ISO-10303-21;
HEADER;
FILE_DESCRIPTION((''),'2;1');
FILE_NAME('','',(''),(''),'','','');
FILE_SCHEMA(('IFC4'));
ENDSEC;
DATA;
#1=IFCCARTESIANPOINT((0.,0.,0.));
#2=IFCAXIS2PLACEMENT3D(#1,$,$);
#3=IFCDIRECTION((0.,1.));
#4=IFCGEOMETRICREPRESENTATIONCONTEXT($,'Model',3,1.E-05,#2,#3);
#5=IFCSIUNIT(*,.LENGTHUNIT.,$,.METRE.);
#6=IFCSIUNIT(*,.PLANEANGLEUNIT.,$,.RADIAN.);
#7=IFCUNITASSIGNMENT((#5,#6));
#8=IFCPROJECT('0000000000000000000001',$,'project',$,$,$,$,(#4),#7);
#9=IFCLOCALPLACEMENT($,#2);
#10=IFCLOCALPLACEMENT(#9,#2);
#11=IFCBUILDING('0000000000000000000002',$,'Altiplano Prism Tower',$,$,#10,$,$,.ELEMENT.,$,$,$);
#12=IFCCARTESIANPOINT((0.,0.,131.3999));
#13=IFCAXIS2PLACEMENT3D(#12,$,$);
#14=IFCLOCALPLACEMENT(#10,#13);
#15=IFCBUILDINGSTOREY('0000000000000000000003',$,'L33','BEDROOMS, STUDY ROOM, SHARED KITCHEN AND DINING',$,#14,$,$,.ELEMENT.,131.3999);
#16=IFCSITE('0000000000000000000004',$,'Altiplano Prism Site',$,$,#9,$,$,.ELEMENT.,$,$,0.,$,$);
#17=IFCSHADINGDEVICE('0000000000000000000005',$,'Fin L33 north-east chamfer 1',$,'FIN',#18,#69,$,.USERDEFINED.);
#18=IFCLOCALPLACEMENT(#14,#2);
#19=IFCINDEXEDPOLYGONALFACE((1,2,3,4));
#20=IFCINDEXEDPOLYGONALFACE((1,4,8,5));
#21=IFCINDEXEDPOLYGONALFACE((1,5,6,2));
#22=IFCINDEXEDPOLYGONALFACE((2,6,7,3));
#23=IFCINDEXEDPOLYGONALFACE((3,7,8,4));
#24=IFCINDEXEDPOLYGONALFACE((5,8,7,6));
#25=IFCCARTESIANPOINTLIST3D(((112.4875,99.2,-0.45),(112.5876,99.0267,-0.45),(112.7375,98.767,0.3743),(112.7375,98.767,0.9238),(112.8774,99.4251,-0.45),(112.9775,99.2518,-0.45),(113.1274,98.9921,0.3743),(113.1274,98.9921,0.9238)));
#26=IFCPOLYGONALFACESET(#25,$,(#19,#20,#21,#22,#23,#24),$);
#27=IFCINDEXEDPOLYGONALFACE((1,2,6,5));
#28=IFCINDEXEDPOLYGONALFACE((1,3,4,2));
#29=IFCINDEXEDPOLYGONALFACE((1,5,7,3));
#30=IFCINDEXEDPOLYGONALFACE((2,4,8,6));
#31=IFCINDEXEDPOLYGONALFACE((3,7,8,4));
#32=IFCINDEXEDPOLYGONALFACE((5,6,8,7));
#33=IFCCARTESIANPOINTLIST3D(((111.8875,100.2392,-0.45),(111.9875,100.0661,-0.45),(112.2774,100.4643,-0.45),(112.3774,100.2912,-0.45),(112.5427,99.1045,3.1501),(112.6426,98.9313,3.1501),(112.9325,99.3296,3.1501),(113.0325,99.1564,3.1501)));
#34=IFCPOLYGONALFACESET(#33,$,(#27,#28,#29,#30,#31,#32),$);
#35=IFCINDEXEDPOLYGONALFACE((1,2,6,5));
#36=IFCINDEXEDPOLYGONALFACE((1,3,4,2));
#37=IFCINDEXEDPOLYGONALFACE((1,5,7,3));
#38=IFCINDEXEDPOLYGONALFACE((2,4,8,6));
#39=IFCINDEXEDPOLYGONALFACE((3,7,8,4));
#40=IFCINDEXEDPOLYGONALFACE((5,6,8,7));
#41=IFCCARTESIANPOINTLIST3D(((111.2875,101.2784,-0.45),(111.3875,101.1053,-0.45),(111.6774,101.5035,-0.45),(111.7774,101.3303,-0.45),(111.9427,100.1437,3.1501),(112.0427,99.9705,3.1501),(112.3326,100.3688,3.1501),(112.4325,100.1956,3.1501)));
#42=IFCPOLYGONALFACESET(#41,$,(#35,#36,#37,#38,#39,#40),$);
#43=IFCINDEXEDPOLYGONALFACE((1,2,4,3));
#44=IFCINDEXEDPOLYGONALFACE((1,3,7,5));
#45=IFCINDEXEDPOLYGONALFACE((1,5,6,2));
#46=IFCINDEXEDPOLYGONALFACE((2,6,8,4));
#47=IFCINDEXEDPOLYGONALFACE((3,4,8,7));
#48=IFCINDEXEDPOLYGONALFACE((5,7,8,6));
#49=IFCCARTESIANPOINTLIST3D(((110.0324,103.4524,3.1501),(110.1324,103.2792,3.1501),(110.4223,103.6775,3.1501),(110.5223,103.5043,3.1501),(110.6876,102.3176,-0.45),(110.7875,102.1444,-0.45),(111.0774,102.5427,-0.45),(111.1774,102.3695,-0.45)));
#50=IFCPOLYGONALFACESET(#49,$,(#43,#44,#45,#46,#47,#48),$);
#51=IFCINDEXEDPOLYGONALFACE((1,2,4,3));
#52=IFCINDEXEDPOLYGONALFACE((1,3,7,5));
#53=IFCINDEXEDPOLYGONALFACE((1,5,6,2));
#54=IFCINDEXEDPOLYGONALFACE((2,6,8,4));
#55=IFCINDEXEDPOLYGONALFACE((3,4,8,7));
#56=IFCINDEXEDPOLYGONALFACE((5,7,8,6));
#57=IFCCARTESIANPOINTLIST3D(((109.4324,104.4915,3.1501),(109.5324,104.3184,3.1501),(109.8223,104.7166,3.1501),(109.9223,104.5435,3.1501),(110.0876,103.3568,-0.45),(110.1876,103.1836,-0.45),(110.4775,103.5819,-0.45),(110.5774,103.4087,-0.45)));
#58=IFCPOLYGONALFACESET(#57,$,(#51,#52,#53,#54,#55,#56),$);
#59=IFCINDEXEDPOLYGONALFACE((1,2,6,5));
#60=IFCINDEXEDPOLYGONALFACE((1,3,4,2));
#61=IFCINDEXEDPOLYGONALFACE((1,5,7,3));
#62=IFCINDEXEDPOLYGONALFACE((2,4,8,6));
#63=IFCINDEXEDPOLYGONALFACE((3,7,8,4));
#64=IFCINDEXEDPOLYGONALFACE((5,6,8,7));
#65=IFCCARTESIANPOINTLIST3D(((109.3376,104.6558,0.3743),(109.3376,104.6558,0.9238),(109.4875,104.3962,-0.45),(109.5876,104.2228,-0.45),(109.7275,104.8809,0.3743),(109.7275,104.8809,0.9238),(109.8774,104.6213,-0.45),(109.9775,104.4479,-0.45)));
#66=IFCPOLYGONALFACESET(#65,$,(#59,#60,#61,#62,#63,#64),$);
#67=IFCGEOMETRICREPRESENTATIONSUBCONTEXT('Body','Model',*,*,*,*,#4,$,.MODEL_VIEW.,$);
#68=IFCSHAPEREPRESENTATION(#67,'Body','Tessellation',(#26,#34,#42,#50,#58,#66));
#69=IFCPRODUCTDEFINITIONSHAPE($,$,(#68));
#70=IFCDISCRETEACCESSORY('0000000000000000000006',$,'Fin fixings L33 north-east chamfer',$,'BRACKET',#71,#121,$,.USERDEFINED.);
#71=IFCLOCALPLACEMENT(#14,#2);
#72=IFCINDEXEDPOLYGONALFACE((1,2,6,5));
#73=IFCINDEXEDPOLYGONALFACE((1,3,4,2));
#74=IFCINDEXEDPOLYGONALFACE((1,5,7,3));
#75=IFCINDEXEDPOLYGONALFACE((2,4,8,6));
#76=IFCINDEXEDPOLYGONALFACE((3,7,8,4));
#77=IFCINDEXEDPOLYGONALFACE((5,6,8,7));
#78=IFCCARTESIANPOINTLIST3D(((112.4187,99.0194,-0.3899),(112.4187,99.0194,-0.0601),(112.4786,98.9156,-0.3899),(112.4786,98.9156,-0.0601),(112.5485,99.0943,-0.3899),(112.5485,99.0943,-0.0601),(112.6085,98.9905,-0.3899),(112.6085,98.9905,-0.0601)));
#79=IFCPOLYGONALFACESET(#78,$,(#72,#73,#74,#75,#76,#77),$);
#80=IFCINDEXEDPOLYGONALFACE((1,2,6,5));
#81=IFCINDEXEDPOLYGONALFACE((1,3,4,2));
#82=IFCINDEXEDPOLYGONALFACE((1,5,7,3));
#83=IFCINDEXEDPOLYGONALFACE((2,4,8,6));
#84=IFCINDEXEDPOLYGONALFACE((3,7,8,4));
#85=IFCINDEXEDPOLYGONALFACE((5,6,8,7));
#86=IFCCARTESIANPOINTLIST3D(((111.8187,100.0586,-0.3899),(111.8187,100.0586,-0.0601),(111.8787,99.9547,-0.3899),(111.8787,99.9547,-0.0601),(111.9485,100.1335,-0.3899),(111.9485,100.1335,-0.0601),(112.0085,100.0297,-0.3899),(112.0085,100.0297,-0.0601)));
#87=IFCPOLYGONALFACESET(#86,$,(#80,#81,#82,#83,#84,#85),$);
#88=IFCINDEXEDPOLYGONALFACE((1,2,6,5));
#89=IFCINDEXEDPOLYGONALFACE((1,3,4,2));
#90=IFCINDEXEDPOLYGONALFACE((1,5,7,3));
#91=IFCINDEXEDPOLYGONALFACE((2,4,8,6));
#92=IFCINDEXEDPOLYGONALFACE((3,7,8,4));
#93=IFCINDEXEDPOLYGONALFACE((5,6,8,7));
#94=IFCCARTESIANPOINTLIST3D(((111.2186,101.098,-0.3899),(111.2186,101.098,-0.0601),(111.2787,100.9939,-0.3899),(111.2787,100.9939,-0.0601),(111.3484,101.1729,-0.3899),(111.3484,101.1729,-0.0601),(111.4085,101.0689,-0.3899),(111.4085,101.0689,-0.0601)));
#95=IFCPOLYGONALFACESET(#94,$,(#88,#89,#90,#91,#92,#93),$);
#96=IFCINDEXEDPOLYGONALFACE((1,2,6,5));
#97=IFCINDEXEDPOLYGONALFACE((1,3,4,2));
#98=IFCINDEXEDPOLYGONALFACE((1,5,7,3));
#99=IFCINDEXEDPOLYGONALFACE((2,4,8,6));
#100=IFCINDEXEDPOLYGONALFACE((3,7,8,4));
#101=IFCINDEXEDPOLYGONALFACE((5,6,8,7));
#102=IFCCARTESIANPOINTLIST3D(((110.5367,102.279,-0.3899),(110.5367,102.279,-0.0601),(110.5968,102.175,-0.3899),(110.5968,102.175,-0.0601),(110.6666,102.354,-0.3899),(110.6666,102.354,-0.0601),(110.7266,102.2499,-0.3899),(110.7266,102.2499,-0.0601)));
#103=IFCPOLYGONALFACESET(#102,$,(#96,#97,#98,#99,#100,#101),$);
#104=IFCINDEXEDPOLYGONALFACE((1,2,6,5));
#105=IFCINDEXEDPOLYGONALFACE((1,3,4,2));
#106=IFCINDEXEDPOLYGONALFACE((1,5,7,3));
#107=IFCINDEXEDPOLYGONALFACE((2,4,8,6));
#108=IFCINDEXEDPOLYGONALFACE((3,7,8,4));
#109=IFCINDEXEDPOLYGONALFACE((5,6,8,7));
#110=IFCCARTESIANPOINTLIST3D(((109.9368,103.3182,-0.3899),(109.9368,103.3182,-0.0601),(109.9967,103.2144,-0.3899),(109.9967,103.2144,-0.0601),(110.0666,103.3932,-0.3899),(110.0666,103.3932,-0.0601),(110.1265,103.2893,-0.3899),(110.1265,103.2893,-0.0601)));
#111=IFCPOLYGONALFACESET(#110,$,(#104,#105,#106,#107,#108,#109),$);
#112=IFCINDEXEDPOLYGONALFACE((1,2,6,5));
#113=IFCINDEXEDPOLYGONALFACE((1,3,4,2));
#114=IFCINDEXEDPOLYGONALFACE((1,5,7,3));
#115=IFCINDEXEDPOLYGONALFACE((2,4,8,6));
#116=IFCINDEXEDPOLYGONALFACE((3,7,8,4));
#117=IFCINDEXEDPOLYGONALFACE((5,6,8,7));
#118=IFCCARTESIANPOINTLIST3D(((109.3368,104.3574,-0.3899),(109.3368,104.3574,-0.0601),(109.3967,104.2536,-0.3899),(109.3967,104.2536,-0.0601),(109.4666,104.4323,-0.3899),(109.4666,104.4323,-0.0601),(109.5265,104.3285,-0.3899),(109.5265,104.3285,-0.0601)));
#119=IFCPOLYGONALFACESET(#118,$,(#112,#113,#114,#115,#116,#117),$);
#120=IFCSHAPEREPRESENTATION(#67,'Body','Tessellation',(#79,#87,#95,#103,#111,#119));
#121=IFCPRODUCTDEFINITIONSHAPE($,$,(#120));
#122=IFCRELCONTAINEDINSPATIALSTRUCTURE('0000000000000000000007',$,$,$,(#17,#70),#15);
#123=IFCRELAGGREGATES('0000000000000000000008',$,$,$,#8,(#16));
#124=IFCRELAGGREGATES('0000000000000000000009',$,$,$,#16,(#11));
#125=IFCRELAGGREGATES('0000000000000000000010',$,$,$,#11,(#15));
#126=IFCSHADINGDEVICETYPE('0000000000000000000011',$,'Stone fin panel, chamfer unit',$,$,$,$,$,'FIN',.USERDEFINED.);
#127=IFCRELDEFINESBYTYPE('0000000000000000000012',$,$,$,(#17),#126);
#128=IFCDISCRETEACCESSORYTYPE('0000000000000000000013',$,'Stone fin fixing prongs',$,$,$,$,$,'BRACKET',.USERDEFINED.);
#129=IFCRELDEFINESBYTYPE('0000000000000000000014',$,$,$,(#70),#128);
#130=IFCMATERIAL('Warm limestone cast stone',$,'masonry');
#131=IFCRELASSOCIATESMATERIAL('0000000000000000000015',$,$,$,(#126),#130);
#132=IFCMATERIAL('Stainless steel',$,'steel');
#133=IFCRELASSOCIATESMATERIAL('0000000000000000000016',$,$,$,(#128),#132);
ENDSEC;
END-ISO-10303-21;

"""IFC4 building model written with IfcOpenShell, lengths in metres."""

from ifc_helpers import new_model, si_unit, direction, frame, origin, place, context, subcontext, project, spatial, polyline, outline, extrude, source, transform, mapped, material, type_object, element, save


model = new_model("IFC4")

# Units and contexts
model_context = context("Model", 3, precision=1e-05, world=origin(), true_north=direction((0.0, 1.0)))
body_context = subcontext(model_context, "Body", "Model", "MODEL_VIEW")
ifc_project = project(units=[si_unit("LENGTHUNIT", "METRE"), si_unit("PLANEANGLEUNIT", "RADIAN")], contexts=[model_context])

# Site, building, storey
site_placement = place(None, origin())
site = spatial("IfcSite", under=ifc_project, at=site_placement, Name="Altiplano Prism Site", CompositionType="ELEMENT", RefElevation=0.0)
building_placement = place(site_placement, origin())
building = spatial("IfcBuilding", under=site, at=building_placement, Name="Altiplano Prism Tower", CompositionType="ELEMENT")
storey_placement = place(building_placement, frame((0.0, 0.0, 131.3999)))
storey = spatial("IfcBuildingStorey", under=building, at=storey_placement, Name="L33", Description="BEDROOMS, STUDY ROOM, SHARED KITCHEN AND DINING", CompositionType="ELEMENT", Elevation=131.3999)

# Shading device
ifc_material_1 = material(Name="Warm limestone cast stone", Category="masonry")
shading_device_type_1 = type_object("IfcShadingDeviceType", Name="Stone fin panel, chamfer unit", ElementType="FIN", PredefinedType="USERDEFINED", material=ifc_material_1)
shared_shape_1 = source(origin(), body_context, "Body", "SweptSolid", [
    extrude(outline(polyline([(-3.3999, 1.3738), (-3.3999, 0.8242), (-3.1001, 0.0), (-2.8999, 0.0), (-3.3999, 1.3738)])), frame((0.0, -0.1499, 0.0), z_axis=(0.0, -1.0, 0.0), x_axis=(1.0, 0.0, 0.0)), (0.0, 0.0, 1.0), 0.4502),
    extrude(outline(polyline([(-3.2102, 3.6001), (-1.8999, 0.0), (-1.7, 0.0), (-3.0103, 3.6001), (-3.2102, 3.6001)])), frame((0.0, -0.1499, 0.0), z_axis=(0.0, -1.0, 0.0), x_axis=(1.0, 0.0, 0.0)), (0.0, 0.0, 1.0), 0.4502),
    extrude(outline(polyline([(-2.0103, 3.6001), (-0.7, 0.0), (-0.5, 0.0), (-1.8103, 3.6001), (-2.0103, 3.6001)])), frame((0.0, -0.1499, 0.0), z_axis=(0.0, -1.0, 0.0), x_axis=(1.0, 0.0, 0.0)), (0.0, 0.0, 1.0), 0.4502),
    extrude(outline(polyline([(1.8103, 3.6001), (0.5, 0.0), (0.7, 0.0), (2.0103, 3.6001), (1.8103, 3.6001)])), frame((0.0, -0.1499, 0.0), z_axis=(0.0, -1.0, 0.0), x_axis=(1.0, 0.0, 0.0)), (0.0, 0.0, 1.0), 0.4502),
    extrude(outline(polyline([(3.0103, 3.6001), (1.7, 0.0), (1.8999, 0.0), (3.2102, 3.6001), (3.0103, 3.6001)])), frame((0.0, -0.1499, 0.0), z_axis=(0.0, -1.0, 0.0), x_axis=(1.0, 0.0, 0.0)), (0.0, 0.0, 1.0), 0.4502),
    extrude(outline(polyline([(3.3999, 0.8242), (3.3999, 1.3738), (2.8999, 0.0), (3.1001, 0.0), (3.3999, 0.8242)])), frame((0.0, -0.1499, 0.0), z_axis=(0.0, -1.0, 0.0), x_axis=(1.0, 0.0, 0.0)), (0.0, 0.0, 1.0), 0.4502),
])
shading_device_1_placement = place(storey_placement, origin())
element("IfcShadingDevice", 1, at=shading_device_1_placement, inside=storey, type_object=shading_device_type_1, Name="Fin L33 north-east chamfer 1", ObjectType="FIN", PredefinedType="USERDEFINED", context=body_context, shape_type="MappedRepresentation", body=[
    mapped(shared_shape_1, transform((110.9077, 101.6365, -0.45), x_axis=(-0.5, 0.866025, 0.0), y_axis=(-0.866025, -0.5, 0.0), z_axis=(0.0, 0.0, 1.0))),
])

# Discrete accessory
ifc_material_2 = material(Name="Stainless steel", Category="steel")
discrete_accessory_type = type_object("IfcDiscreteAccessoryType", Name="Stone fin fixing prongs", ElementType="BRACKET", PredefinedType="USERDEFINED", material=ifc_material_2)
shared_shape_2 = source(origin(), body_context, "Body", "SweptSolid", [
    extrude(outline(polyline([(-3.1418, 0.0601), (-3.022, 0.0601), (-3.022, 0.3899), (-3.1418, 0.3899), (-3.1418, 0.0601)])), frame((0.0, 0.0, 0.0), z_axis=(0.0, -1.0, 0.0), x_axis=(1.0, 0.0, 0.0)), (0.0, 0.0, 1.0), 0.1499),
    extrude(outline(polyline([(-1.9419, 0.0601), (-1.822, 0.0601), (-1.822, 0.3899), (-1.9419, 0.3899), (-1.9419, 0.0601)])), frame((0.0, 0.0, 0.0), z_axis=(0.0, -1.0, 0.0), x_axis=(1.0, 0.0, 0.0)), (0.0, 0.0, 1.0), 0.1499),
    extrude(outline(polyline([(-0.7419, 0.0601), (-0.6218, 0.0601), (-0.6218, 0.3899), (-0.7419, 0.3899), (-0.7419, 0.0601)])), frame((0.0, 0.0, 0.0), z_axis=(0.0, -1.0, 0.0), x_axis=(1.0, 0.0, 0.0)), (0.0, 0.0, 1.0), 0.1499),
    extrude(outline(polyline([(0.6218, 0.0601), (0.7419, 0.0601), (0.7419, 0.3899), (0.6218, 0.3899), (0.6218, 0.0601)])), frame((0.0, 0.0, 0.0), z_axis=(0.0, -1.0, 0.0), x_axis=(1.0, 0.0, 0.0)), (0.0, 0.0, 1.0), 0.1499),
    extrude(outline(polyline([(1.822, 0.0601), (1.9419, 0.0601), (1.9419, 0.3899), (1.822, 0.3899), (1.822, 0.0601)])), frame((0.0, 0.0, 0.0), z_axis=(0.0, -1.0, 0.0), x_axis=(1.0, 0.0, 0.0)), (0.0, 0.0, 1.0), 0.1499),
    extrude(outline(polyline([(3.022, 0.0601), (3.1418, 0.0601), (3.1418, 0.3899), (3.022, 0.3899), (3.022, 0.0601)])), frame((0.0, 0.0, 0.0), z_axis=(0.0, -1.0, 0.0), x_axis=(1.0, 0.0, 0.0)), (0.0, 0.0, 1.0), 0.1499),
])
discrete_accessory_1_placement = place(storey_placement, origin())
element("IfcDiscreteAccessory", 2, at=discrete_accessory_1_placement, inside=storey, type_object=discrete_accessory_type, Name="Fin fixings L33 north-east chamfer", ObjectType="BRACKET", PredefinedType="USERDEFINED", context=body_context, shape_type="MappedRepresentation", body=[
    mapped(shared_shape_2, transform((110.9077, 101.6365, -0.45), x_axis=(-0.5, 0.866025, 0.0), y_axis=(-0.866025, -0.5, 0.0), z_axis=(0.0, 0.0, 1.0))),
])

save(model, "model.ifc")
